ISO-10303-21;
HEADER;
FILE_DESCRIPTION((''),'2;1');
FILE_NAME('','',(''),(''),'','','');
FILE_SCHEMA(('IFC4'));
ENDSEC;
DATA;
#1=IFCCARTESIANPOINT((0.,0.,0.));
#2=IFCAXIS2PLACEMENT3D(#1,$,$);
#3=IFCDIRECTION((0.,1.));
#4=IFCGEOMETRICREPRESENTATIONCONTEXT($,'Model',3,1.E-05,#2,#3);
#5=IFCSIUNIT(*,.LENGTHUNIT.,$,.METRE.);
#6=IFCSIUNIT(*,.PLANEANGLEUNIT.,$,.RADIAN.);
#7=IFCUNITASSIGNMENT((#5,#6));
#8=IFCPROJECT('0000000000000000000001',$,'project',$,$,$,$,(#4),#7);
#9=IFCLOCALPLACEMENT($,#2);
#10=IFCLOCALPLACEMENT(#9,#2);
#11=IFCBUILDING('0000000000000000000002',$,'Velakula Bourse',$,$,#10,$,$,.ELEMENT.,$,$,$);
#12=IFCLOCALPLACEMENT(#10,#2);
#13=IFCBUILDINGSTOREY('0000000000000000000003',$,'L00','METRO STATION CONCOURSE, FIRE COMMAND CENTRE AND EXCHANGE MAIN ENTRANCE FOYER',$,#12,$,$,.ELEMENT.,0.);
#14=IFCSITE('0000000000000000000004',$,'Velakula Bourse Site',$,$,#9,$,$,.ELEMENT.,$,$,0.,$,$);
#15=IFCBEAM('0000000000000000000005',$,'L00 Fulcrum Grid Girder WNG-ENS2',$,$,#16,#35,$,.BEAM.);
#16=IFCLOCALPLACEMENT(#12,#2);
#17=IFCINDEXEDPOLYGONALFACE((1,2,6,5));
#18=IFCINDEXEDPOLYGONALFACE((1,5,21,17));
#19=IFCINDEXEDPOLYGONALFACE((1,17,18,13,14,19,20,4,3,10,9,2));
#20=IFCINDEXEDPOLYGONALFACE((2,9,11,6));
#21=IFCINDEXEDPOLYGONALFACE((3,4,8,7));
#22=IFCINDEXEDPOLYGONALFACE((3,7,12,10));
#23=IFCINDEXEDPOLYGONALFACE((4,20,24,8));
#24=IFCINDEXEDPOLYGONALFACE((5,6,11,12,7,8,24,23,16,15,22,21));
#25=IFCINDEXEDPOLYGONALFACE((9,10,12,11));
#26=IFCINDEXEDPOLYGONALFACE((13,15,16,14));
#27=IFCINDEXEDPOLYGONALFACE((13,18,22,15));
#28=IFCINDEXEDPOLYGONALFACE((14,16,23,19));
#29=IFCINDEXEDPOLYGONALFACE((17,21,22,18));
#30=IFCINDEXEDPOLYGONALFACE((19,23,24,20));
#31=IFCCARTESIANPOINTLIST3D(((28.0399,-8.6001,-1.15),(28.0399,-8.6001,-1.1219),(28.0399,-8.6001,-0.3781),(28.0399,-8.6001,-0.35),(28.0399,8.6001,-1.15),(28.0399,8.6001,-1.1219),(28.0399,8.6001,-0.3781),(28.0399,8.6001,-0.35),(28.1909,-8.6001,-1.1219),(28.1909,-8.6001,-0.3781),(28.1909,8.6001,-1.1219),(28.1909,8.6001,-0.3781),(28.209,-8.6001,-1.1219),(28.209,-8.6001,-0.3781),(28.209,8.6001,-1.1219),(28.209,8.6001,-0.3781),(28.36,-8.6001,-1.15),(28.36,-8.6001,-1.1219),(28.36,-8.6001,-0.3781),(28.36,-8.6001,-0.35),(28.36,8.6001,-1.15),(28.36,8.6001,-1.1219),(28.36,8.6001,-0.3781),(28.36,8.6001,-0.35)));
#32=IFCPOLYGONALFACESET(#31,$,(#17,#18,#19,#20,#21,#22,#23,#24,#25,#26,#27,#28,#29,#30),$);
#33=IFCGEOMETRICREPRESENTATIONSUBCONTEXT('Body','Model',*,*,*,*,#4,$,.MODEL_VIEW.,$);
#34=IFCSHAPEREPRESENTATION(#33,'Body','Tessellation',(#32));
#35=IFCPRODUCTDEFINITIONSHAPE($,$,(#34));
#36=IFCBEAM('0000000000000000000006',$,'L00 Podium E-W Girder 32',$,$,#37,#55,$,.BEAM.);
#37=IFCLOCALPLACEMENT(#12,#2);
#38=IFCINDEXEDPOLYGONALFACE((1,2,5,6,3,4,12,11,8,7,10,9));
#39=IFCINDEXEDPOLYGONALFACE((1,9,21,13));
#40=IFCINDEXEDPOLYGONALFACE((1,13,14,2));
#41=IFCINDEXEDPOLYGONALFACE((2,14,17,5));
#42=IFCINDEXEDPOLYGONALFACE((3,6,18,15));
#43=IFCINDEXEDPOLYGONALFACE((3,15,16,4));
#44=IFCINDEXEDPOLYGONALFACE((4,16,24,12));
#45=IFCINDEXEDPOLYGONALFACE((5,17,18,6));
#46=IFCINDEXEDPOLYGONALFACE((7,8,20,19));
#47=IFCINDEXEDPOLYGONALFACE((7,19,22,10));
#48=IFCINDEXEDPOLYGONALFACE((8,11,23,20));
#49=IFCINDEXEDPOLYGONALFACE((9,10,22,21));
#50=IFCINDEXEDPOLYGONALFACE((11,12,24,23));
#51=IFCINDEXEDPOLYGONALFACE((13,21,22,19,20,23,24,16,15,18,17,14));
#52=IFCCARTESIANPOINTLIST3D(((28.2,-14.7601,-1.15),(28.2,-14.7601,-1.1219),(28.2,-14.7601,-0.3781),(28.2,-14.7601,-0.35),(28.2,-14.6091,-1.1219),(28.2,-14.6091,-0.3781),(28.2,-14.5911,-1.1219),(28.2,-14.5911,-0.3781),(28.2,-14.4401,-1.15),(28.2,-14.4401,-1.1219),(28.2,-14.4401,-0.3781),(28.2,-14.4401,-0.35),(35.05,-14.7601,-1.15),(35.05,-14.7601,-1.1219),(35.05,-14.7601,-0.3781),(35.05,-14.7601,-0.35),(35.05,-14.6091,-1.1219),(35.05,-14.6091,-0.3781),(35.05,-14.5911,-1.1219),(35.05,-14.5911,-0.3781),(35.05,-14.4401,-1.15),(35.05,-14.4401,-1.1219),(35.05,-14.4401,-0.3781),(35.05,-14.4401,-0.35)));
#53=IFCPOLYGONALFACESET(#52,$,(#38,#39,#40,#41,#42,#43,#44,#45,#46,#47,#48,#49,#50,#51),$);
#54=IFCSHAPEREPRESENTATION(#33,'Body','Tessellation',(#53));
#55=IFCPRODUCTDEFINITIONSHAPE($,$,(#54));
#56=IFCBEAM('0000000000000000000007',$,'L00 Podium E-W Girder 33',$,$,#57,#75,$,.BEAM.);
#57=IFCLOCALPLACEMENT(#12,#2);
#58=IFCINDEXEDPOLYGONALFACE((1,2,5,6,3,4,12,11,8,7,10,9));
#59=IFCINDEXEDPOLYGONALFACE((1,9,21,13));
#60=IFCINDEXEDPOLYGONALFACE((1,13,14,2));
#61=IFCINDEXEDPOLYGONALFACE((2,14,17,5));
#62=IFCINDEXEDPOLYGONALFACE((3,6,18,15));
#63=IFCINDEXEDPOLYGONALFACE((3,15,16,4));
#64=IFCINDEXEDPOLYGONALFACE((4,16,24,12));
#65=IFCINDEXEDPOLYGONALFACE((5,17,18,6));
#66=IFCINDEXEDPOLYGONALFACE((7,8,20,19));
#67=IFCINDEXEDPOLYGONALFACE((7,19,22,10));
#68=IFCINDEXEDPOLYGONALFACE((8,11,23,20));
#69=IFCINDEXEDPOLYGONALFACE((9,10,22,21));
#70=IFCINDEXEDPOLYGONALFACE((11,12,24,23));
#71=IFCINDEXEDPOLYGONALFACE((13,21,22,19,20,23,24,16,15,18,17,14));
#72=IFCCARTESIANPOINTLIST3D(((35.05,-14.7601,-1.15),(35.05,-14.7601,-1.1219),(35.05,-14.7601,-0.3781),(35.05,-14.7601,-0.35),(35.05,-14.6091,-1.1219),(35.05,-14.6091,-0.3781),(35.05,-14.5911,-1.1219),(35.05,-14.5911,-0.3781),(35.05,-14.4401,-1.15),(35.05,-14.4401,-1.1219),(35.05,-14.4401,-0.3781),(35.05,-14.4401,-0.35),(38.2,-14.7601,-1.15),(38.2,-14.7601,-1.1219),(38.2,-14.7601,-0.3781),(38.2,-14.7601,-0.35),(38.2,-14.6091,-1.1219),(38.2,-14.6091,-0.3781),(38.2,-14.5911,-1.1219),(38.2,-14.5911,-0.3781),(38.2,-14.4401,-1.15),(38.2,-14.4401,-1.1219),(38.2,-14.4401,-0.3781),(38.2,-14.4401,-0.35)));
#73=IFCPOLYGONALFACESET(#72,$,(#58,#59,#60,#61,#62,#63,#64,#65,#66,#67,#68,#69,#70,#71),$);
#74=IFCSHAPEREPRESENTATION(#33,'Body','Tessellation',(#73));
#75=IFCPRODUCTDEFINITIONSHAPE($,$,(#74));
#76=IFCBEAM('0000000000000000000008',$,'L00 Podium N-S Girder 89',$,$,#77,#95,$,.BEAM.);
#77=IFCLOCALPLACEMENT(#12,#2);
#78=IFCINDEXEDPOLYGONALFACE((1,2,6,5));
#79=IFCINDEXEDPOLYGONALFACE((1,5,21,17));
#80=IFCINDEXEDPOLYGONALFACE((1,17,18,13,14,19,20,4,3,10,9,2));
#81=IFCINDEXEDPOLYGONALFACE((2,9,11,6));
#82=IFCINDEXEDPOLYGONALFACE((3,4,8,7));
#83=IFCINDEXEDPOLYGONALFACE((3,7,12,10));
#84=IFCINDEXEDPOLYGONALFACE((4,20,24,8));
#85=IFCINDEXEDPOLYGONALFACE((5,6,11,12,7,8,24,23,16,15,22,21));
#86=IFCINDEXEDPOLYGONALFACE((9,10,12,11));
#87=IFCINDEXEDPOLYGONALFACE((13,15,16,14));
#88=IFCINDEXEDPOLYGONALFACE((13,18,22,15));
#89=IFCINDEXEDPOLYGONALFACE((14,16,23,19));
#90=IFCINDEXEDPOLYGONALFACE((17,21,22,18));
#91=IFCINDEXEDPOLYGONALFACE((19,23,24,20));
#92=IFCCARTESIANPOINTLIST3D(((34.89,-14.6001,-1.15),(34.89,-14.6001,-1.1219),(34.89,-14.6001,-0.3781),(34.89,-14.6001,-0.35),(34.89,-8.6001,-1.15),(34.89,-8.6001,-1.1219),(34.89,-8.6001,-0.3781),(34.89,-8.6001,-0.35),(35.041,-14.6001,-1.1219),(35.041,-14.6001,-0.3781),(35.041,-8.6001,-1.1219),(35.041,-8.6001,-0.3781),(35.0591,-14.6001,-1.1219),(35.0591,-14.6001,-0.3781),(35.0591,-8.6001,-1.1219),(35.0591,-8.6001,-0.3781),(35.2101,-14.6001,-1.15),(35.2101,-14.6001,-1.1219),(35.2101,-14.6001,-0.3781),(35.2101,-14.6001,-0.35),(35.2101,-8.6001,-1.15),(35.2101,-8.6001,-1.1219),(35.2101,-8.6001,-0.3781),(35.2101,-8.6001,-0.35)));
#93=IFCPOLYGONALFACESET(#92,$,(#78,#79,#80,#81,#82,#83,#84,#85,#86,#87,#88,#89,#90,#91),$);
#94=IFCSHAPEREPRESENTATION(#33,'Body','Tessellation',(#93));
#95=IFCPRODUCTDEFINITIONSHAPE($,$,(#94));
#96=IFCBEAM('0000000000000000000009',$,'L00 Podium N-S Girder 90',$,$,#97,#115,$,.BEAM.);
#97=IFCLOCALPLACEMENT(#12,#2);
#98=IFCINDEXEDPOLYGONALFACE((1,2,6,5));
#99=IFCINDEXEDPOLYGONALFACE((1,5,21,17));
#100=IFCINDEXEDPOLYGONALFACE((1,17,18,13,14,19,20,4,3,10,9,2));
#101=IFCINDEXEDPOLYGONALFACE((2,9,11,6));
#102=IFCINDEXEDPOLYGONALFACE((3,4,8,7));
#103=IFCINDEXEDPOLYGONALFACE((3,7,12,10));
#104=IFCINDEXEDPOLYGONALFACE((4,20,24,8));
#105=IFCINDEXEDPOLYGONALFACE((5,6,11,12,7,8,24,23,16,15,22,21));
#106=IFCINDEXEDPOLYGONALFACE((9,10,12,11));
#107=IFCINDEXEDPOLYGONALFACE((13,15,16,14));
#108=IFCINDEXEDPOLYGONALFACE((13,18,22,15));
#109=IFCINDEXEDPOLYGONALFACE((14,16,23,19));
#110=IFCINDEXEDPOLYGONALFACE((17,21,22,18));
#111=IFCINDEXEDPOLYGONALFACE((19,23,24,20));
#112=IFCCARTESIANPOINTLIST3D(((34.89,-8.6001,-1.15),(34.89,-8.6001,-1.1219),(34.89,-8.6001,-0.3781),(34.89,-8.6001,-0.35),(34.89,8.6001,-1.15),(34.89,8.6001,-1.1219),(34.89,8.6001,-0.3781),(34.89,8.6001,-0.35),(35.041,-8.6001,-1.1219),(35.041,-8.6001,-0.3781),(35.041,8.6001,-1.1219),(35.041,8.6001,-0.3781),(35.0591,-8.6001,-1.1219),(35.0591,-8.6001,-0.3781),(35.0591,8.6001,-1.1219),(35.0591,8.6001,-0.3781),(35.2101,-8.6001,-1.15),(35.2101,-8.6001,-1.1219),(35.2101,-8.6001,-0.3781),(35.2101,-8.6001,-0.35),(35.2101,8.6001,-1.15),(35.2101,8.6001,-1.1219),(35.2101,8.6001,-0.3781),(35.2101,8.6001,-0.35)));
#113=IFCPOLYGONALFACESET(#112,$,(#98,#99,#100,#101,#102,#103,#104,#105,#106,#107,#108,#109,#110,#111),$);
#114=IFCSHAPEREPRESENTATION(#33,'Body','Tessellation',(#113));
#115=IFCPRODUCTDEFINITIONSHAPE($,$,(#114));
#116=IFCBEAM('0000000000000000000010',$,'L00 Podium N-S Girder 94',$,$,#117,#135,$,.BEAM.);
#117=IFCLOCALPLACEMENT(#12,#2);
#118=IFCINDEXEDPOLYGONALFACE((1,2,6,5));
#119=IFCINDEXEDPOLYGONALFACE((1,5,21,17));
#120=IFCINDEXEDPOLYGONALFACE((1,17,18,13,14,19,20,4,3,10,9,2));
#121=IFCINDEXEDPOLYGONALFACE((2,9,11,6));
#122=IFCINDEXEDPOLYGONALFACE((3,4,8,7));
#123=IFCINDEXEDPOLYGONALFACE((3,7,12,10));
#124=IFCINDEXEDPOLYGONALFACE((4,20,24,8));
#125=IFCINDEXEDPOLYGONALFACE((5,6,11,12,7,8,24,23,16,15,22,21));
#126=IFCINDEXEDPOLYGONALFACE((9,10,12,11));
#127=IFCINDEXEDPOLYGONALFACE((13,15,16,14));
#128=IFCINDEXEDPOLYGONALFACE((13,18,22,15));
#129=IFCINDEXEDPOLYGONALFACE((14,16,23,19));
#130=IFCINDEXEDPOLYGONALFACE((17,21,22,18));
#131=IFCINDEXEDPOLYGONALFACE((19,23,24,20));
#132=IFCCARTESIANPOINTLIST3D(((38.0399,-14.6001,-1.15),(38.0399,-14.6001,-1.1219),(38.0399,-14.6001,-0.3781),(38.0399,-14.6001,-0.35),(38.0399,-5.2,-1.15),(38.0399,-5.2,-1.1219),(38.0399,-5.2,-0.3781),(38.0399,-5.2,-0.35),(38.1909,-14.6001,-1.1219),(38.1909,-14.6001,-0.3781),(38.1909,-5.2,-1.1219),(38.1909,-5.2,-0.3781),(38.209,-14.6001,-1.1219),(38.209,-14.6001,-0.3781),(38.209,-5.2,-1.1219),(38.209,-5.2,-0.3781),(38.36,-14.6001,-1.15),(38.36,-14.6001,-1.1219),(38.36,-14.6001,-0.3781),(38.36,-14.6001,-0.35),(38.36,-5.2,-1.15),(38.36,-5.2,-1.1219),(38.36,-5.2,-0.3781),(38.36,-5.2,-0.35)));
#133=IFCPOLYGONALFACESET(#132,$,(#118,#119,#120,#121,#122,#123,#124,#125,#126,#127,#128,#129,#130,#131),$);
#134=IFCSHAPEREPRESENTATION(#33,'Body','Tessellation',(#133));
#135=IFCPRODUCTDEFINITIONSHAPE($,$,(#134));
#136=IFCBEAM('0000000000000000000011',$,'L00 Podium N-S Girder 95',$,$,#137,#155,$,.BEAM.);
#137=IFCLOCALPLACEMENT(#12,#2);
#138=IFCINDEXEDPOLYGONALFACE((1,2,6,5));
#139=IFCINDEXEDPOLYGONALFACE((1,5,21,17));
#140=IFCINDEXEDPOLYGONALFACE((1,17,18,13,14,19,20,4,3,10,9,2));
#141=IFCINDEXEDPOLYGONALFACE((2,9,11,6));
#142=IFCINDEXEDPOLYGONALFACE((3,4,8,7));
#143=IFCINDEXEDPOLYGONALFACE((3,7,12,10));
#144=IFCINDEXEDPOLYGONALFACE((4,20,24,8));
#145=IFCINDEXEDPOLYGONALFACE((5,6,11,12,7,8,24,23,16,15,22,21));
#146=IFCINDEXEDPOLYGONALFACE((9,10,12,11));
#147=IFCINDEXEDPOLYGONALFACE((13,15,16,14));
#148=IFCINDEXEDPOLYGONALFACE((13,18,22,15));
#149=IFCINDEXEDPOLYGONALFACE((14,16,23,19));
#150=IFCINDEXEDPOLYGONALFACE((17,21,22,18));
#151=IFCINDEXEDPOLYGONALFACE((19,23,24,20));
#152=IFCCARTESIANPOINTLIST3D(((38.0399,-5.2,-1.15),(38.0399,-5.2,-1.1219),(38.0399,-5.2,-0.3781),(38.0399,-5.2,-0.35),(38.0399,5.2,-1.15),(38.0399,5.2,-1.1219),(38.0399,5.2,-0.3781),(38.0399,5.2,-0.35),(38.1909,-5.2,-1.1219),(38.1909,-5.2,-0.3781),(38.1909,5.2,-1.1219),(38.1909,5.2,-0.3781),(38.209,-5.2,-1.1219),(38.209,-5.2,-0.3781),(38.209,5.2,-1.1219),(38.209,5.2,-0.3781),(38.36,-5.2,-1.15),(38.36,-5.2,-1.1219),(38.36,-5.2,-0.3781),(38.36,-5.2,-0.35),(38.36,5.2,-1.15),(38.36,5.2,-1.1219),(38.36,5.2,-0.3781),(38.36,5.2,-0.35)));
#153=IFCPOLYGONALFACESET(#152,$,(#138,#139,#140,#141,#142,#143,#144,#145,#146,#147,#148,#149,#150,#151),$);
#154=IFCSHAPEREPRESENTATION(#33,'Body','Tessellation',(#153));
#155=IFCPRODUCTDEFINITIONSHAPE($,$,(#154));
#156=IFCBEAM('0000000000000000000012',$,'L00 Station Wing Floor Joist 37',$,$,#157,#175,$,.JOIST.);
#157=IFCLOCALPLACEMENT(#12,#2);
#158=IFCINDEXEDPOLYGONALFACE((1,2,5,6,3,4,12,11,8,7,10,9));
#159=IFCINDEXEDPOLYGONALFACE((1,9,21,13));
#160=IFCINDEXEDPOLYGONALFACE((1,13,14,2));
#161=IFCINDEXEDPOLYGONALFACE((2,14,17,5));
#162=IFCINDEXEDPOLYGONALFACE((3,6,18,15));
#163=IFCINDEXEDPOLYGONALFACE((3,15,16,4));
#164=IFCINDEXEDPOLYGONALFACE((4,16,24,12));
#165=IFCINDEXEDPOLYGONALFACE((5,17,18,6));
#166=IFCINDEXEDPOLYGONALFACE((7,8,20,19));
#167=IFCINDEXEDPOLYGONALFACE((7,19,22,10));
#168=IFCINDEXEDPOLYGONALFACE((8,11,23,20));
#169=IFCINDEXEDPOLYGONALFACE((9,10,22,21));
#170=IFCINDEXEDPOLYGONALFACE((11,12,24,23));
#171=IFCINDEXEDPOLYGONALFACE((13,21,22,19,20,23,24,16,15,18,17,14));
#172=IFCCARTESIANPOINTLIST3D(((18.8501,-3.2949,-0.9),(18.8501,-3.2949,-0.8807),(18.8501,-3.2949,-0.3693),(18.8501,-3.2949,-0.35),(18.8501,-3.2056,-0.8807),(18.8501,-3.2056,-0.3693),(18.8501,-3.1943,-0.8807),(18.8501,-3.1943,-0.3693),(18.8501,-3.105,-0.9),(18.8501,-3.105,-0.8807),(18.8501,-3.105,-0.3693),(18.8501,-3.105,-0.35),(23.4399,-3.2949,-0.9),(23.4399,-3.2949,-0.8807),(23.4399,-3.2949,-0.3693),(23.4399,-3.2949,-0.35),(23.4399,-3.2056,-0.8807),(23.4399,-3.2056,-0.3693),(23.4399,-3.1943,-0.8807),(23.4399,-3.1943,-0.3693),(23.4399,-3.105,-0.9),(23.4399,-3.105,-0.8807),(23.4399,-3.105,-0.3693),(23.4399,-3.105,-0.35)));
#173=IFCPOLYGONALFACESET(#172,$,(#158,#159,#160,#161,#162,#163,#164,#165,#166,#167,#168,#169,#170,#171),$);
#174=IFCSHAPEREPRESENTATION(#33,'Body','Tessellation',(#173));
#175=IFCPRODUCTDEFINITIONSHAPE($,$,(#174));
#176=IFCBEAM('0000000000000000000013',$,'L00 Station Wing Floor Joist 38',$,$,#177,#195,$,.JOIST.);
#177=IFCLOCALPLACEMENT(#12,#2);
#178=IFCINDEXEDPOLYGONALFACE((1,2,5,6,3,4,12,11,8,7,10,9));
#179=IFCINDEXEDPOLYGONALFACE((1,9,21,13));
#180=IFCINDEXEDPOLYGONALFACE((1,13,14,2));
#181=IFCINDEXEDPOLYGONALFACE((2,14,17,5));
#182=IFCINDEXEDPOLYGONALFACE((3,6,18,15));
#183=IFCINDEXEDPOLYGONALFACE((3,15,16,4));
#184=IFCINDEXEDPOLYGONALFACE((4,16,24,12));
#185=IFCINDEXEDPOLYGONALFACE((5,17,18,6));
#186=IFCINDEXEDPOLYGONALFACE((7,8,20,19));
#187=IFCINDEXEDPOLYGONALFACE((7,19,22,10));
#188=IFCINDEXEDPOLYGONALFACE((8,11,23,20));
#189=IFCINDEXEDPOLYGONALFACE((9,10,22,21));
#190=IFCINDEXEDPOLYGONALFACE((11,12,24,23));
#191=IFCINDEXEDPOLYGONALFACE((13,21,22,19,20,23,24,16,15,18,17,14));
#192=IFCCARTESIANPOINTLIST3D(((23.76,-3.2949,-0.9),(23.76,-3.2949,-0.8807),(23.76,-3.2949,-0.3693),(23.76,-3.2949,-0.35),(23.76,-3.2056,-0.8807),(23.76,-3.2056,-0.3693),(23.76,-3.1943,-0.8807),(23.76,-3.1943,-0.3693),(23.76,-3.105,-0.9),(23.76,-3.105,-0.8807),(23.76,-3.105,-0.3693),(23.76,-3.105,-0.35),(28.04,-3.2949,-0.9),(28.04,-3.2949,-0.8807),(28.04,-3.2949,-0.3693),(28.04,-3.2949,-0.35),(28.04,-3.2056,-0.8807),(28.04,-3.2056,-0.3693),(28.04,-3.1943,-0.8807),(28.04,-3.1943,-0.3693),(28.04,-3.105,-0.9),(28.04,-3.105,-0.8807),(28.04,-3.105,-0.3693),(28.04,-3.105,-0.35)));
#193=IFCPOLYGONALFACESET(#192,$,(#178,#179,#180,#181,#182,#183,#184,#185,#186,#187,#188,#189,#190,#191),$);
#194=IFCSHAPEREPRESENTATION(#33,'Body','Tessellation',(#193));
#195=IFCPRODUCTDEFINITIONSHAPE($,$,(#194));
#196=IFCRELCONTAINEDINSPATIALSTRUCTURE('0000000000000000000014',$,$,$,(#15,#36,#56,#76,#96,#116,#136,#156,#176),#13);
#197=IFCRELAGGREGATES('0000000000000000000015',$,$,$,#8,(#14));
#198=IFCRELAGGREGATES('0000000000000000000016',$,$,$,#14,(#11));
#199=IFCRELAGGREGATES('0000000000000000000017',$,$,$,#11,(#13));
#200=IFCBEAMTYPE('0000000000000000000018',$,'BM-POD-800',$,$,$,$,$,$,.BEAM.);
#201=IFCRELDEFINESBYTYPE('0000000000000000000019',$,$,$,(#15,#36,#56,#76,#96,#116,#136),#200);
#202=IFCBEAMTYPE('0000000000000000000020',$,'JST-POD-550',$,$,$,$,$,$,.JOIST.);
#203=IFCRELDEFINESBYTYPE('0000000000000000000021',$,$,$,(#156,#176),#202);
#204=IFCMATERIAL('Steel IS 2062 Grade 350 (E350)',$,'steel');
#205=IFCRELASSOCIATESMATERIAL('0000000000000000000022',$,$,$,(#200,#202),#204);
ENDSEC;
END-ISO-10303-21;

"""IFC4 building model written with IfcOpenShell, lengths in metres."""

from ifc_helpers import new_model, si_unit, direction, frame, origin, origin_2d, place, context, subcontext, project, spatial, i_section, extrude, material, material_profile, profile_set, type_object, element, save


model = new_model("IFC4")

# Units and contexts
model_context = context("Model", 3, precision=1e-05, world=origin(), true_north=direction((0.0, 1.0)))
body_context = subcontext(model_context, "Body", "Model", "MODEL_VIEW")
ifc_project = project(units=[si_unit("LENGTHUNIT", "METRE"), si_unit("PLANEANGLEUNIT", "RADIAN")], contexts=[model_context])

# Site, building, storey
site_placement = place(None, origin())
site = spatial("IfcSite", under=ifc_project, at=site_placement, Name="Velakula Bourse Site", CompositionType="ELEMENT", RefElevation=0.0)
building_placement = place(site_placement, origin())
building = spatial("IfcBuilding", under=site, at=building_placement, Name="Velakula Bourse", CompositionType="ELEMENT")
storey_placement = place(building_placement, origin())
storey = spatial("IfcBuildingStorey", under=building, at=storey_placement, Name="L00", Description="METRO STATION CONCOURSE, FIRE COMMAND CENTRE AND EXCHANGE MAIN ENTRANCE FOYER", CompositionType="ELEMENT", Elevation=0.0)

# Beams
ifc_material_1 = material(Name="Steel IS 2062 Grade 350 (E350)", Category="steel")
ifc_material_profile_1 = material_profile(ifc_material_1, i_section(OverallWidth=0.3201, OverallDepth=0.8, WebThickness=0.0181, FlangeThickness=0.0281, at=origin_2d()), Name="Steel IS 2062 Grade 350 (E350)")
ifc_profile_set_1 = profile_set([ifc_material_profile_1], Name="Steel IS 2062 Grade 350 (E350)")
beam_type_1 = type_object("IfcBeamType", Name="BM-POD-800", PredefinedType="BEAM", material=ifc_profile_set_1)
beam_1_placement = place(storey_placement, frame((28.2, -8.6001, -0.75), z_axis=(0.0, 1.0, 0.0), x_axis=(-1.0, 0.0, 0.0)))
element("IfcBeam", 1, at=beam_1_placement, inside=storey, type_object=beam_type_1, Name="L00 Fulcrum Grid Girder WNG-ENS2", PredefinedType="BEAM", context=body_context, shape_type="SweptSolid", body=[
    extrude(i_section(OverallWidth=0.3201, OverallDepth=0.8, WebThickness=0.0181, FlangeThickness=0.0281, at=origin_2d()), origin(), (0.0, 0.0, 1.0), 17.2002),
])
beam_2_placement = place(storey_placement, frame((28.2, -14.6001, -0.75), z_axis=(1.0, 0.0, 0.0), x_axis=(0.0, 1.0, 0.0)))
element("IfcBeam", 2, at=beam_2_placement, inside=storey, type_object=beam_type_1, Name="L00 Podium E-W Girder 32", PredefinedType="BEAM", context=body_context, shape_type="SweptSolid", body=[
    extrude(i_section(OverallWidth=0.3201, OverallDepth=0.8, WebThickness=0.0181, FlangeThickness=0.0281, at=origin_2d()), origin(), (0.0, 0.0, 1.0), 6.8501),
])
beam_3_placement = place(storey_placement, frame((35.05, -14.6001, -0.75), z_axis=(1.0, 0.0, 0.0), x_axis=(0.0, 1.0, 0.0)))
element("IfcBeam", 3, at=beam_3_placement, inside=storey, type_object=beam_type_1, Name="L00 Podium E-W Girder 33", PredefinedType="BEAM", context=body_context, shape_type="SweptSolid", body=[
    extrude(i_section(OverallWidth=0.3201, OverallDepth=0.8, WebThickness=0.0181, FlangeThickness=0.0281, at=origin_2d()), origin(), (0.0, 0.0, 1.0), 3.1499),
])
beam_4_placement = place(storey_placement, frame((35.05, -14.6001, -0.75), z_axis=(0.0, 1.0, 0.0), x_axis=(-1.0, 0.0, 0.0)))
element("IfcBeam", 4, at=beam_4_placement, inside=storey, type_object=beam_type_1, Name="L00 Podium N-S Girder 89", PredefinedType="BEAM", context=body_context, shape_type="SweptSolid", body=[
    extrude(i_section(OverallWidth=0.3201, OverallDepth=0.8, WebThickness=0.0181, FlangeThickness=0.0281, at=origin_2d()), origin(), (0.0, 0.0, 1.0), 6.0),
])
beam_5_placement = place(storey_placement, frame((35.05, -8.6001, -0.75), z_axis=(0.0, 1.0, 0.0), x_axis=(-1.0, 0.0, 0.0)))
element("IfcBeam", 5, at=beam_5_placement, inside=storey, type_object=beam_type_1, Name="L00 Podium N-S Girder 90", PredefinedType="BEAM", context=body_context, shape_type="SweptSolid", body=[
    extrude(i_section(OverallWidth=0.3201, OverallDepth=0.8, WebThickness=0.0181, FlangeThickness=0.0281, at=origin_2d()), origin(), (0.0, 0.0, 1.0), 17.2002),
])
beam_6_placement = place(storey_placement, frame((38.2, -14.6001, -0.75), z_axis=(0.0, 1.0, 0.0), x_axis=(-1.0, 0.0, 0.0)))
element("IfcBeam", 6, at=beam_6_placement, inside=storey, type_object=beam_type_1, Name="L00 Podium N-S Girder 94", PredefinedType="BEAM", context=body_context, shape_type="SweptSolid", body=[
    extrude(i_section(OverallWidth=0.3201, OverallDepth=0.8, WebThickness=0.0181, FlangeThickness=0.0281, at=origin_2d()), origin(), (0.0, 0.0, 1.0), 9.4001),
])
beam_7_placement = place(storey_placement, frame((38.2, -5.2, -0.75), z_axis=(0.0, 1.0, 0.0), x_axis=(-1.0, 0.0, 0.0)))
element("IfcBeam", 7, at=beam_7_placement, inside=storey, type_object=beam_type_1, Name="L00 Podium N-S Girder 95", PredefinedType="BEAM", context=body_context, shape_type="SweptSolid", body=[
    extrude(i_section(OverallWidth=0.3201, OverallDepth=0.8, WebThickness=0.0181, FlangeThickness=0.0281, at=origin_2d()), origin(), (0.0, 0.0, 1.0), 10.3999),
])
ifc_material_profile_2 = material_profile(ifc_material_1, i_section(OverallWidth=0.1899, OverallDepth=0.55, WebThickness=0.0112, FlangeThickness=0.0193, at=origin_2d()), Name="Steel IS 2062 Grade 350 (E350)")
ifc_profile_set_2 = profile_set([ifc_material_profile_2], Name="Steel IS 2062 Grade 350 (E350)")
beam_type_2 = type_object("IfcBeamType", Name="JST-POD-550", PredefinedType="JOIST", material=ifc_profile_set_2)
beam_8_placement = place(storey_placement, frame((18.8501, -3.2, -0.625), z_axis=(1.0, 0.0, 0.0), x_axis=(0.0, 1.0, 0.0)))
element("IfcBeam", 8, at=beam_8_placement, inside=storey, type_object=beam_type_2, Name="L00 Station Wing Floor Joist 37", PredefinedType="JOIST", context=body_context, shape_type="SweptSolid", body=[
    extrude(i_section(OverallWidth=0.1899, OverallDepth=0.55, WebThickness=0.0112, FlangeThickness=0.0193, at=origin_2d()), origin(), (0.0, 0.0, 1.0), 4.5898),
])
beam_9_placement = place(storey_placement, frame((23.76, -3.2, -0.625), z_axis=(1.0, 0.0, 0.0), x_axis=(0.0, 1.0, 0.0)))
element("IfcBeam", 9, at=beam_9_placement, inside=storey, type_object=beam_type_2, Name="L00 Station Wing Floor Joist 38", PredefinedType="JOIST", context=body_context, shape_type="SweptSolid", body=[
    extrude(i_section(OverallWidth=0.1899, OverallDepth=0.55, WebThickness=0.0112, FlangeThickness=0.0193, at=origin_2d()), origin(), (0.0, 0.0, 1.0), 4.28),
])

save(model, "model.ifc")
